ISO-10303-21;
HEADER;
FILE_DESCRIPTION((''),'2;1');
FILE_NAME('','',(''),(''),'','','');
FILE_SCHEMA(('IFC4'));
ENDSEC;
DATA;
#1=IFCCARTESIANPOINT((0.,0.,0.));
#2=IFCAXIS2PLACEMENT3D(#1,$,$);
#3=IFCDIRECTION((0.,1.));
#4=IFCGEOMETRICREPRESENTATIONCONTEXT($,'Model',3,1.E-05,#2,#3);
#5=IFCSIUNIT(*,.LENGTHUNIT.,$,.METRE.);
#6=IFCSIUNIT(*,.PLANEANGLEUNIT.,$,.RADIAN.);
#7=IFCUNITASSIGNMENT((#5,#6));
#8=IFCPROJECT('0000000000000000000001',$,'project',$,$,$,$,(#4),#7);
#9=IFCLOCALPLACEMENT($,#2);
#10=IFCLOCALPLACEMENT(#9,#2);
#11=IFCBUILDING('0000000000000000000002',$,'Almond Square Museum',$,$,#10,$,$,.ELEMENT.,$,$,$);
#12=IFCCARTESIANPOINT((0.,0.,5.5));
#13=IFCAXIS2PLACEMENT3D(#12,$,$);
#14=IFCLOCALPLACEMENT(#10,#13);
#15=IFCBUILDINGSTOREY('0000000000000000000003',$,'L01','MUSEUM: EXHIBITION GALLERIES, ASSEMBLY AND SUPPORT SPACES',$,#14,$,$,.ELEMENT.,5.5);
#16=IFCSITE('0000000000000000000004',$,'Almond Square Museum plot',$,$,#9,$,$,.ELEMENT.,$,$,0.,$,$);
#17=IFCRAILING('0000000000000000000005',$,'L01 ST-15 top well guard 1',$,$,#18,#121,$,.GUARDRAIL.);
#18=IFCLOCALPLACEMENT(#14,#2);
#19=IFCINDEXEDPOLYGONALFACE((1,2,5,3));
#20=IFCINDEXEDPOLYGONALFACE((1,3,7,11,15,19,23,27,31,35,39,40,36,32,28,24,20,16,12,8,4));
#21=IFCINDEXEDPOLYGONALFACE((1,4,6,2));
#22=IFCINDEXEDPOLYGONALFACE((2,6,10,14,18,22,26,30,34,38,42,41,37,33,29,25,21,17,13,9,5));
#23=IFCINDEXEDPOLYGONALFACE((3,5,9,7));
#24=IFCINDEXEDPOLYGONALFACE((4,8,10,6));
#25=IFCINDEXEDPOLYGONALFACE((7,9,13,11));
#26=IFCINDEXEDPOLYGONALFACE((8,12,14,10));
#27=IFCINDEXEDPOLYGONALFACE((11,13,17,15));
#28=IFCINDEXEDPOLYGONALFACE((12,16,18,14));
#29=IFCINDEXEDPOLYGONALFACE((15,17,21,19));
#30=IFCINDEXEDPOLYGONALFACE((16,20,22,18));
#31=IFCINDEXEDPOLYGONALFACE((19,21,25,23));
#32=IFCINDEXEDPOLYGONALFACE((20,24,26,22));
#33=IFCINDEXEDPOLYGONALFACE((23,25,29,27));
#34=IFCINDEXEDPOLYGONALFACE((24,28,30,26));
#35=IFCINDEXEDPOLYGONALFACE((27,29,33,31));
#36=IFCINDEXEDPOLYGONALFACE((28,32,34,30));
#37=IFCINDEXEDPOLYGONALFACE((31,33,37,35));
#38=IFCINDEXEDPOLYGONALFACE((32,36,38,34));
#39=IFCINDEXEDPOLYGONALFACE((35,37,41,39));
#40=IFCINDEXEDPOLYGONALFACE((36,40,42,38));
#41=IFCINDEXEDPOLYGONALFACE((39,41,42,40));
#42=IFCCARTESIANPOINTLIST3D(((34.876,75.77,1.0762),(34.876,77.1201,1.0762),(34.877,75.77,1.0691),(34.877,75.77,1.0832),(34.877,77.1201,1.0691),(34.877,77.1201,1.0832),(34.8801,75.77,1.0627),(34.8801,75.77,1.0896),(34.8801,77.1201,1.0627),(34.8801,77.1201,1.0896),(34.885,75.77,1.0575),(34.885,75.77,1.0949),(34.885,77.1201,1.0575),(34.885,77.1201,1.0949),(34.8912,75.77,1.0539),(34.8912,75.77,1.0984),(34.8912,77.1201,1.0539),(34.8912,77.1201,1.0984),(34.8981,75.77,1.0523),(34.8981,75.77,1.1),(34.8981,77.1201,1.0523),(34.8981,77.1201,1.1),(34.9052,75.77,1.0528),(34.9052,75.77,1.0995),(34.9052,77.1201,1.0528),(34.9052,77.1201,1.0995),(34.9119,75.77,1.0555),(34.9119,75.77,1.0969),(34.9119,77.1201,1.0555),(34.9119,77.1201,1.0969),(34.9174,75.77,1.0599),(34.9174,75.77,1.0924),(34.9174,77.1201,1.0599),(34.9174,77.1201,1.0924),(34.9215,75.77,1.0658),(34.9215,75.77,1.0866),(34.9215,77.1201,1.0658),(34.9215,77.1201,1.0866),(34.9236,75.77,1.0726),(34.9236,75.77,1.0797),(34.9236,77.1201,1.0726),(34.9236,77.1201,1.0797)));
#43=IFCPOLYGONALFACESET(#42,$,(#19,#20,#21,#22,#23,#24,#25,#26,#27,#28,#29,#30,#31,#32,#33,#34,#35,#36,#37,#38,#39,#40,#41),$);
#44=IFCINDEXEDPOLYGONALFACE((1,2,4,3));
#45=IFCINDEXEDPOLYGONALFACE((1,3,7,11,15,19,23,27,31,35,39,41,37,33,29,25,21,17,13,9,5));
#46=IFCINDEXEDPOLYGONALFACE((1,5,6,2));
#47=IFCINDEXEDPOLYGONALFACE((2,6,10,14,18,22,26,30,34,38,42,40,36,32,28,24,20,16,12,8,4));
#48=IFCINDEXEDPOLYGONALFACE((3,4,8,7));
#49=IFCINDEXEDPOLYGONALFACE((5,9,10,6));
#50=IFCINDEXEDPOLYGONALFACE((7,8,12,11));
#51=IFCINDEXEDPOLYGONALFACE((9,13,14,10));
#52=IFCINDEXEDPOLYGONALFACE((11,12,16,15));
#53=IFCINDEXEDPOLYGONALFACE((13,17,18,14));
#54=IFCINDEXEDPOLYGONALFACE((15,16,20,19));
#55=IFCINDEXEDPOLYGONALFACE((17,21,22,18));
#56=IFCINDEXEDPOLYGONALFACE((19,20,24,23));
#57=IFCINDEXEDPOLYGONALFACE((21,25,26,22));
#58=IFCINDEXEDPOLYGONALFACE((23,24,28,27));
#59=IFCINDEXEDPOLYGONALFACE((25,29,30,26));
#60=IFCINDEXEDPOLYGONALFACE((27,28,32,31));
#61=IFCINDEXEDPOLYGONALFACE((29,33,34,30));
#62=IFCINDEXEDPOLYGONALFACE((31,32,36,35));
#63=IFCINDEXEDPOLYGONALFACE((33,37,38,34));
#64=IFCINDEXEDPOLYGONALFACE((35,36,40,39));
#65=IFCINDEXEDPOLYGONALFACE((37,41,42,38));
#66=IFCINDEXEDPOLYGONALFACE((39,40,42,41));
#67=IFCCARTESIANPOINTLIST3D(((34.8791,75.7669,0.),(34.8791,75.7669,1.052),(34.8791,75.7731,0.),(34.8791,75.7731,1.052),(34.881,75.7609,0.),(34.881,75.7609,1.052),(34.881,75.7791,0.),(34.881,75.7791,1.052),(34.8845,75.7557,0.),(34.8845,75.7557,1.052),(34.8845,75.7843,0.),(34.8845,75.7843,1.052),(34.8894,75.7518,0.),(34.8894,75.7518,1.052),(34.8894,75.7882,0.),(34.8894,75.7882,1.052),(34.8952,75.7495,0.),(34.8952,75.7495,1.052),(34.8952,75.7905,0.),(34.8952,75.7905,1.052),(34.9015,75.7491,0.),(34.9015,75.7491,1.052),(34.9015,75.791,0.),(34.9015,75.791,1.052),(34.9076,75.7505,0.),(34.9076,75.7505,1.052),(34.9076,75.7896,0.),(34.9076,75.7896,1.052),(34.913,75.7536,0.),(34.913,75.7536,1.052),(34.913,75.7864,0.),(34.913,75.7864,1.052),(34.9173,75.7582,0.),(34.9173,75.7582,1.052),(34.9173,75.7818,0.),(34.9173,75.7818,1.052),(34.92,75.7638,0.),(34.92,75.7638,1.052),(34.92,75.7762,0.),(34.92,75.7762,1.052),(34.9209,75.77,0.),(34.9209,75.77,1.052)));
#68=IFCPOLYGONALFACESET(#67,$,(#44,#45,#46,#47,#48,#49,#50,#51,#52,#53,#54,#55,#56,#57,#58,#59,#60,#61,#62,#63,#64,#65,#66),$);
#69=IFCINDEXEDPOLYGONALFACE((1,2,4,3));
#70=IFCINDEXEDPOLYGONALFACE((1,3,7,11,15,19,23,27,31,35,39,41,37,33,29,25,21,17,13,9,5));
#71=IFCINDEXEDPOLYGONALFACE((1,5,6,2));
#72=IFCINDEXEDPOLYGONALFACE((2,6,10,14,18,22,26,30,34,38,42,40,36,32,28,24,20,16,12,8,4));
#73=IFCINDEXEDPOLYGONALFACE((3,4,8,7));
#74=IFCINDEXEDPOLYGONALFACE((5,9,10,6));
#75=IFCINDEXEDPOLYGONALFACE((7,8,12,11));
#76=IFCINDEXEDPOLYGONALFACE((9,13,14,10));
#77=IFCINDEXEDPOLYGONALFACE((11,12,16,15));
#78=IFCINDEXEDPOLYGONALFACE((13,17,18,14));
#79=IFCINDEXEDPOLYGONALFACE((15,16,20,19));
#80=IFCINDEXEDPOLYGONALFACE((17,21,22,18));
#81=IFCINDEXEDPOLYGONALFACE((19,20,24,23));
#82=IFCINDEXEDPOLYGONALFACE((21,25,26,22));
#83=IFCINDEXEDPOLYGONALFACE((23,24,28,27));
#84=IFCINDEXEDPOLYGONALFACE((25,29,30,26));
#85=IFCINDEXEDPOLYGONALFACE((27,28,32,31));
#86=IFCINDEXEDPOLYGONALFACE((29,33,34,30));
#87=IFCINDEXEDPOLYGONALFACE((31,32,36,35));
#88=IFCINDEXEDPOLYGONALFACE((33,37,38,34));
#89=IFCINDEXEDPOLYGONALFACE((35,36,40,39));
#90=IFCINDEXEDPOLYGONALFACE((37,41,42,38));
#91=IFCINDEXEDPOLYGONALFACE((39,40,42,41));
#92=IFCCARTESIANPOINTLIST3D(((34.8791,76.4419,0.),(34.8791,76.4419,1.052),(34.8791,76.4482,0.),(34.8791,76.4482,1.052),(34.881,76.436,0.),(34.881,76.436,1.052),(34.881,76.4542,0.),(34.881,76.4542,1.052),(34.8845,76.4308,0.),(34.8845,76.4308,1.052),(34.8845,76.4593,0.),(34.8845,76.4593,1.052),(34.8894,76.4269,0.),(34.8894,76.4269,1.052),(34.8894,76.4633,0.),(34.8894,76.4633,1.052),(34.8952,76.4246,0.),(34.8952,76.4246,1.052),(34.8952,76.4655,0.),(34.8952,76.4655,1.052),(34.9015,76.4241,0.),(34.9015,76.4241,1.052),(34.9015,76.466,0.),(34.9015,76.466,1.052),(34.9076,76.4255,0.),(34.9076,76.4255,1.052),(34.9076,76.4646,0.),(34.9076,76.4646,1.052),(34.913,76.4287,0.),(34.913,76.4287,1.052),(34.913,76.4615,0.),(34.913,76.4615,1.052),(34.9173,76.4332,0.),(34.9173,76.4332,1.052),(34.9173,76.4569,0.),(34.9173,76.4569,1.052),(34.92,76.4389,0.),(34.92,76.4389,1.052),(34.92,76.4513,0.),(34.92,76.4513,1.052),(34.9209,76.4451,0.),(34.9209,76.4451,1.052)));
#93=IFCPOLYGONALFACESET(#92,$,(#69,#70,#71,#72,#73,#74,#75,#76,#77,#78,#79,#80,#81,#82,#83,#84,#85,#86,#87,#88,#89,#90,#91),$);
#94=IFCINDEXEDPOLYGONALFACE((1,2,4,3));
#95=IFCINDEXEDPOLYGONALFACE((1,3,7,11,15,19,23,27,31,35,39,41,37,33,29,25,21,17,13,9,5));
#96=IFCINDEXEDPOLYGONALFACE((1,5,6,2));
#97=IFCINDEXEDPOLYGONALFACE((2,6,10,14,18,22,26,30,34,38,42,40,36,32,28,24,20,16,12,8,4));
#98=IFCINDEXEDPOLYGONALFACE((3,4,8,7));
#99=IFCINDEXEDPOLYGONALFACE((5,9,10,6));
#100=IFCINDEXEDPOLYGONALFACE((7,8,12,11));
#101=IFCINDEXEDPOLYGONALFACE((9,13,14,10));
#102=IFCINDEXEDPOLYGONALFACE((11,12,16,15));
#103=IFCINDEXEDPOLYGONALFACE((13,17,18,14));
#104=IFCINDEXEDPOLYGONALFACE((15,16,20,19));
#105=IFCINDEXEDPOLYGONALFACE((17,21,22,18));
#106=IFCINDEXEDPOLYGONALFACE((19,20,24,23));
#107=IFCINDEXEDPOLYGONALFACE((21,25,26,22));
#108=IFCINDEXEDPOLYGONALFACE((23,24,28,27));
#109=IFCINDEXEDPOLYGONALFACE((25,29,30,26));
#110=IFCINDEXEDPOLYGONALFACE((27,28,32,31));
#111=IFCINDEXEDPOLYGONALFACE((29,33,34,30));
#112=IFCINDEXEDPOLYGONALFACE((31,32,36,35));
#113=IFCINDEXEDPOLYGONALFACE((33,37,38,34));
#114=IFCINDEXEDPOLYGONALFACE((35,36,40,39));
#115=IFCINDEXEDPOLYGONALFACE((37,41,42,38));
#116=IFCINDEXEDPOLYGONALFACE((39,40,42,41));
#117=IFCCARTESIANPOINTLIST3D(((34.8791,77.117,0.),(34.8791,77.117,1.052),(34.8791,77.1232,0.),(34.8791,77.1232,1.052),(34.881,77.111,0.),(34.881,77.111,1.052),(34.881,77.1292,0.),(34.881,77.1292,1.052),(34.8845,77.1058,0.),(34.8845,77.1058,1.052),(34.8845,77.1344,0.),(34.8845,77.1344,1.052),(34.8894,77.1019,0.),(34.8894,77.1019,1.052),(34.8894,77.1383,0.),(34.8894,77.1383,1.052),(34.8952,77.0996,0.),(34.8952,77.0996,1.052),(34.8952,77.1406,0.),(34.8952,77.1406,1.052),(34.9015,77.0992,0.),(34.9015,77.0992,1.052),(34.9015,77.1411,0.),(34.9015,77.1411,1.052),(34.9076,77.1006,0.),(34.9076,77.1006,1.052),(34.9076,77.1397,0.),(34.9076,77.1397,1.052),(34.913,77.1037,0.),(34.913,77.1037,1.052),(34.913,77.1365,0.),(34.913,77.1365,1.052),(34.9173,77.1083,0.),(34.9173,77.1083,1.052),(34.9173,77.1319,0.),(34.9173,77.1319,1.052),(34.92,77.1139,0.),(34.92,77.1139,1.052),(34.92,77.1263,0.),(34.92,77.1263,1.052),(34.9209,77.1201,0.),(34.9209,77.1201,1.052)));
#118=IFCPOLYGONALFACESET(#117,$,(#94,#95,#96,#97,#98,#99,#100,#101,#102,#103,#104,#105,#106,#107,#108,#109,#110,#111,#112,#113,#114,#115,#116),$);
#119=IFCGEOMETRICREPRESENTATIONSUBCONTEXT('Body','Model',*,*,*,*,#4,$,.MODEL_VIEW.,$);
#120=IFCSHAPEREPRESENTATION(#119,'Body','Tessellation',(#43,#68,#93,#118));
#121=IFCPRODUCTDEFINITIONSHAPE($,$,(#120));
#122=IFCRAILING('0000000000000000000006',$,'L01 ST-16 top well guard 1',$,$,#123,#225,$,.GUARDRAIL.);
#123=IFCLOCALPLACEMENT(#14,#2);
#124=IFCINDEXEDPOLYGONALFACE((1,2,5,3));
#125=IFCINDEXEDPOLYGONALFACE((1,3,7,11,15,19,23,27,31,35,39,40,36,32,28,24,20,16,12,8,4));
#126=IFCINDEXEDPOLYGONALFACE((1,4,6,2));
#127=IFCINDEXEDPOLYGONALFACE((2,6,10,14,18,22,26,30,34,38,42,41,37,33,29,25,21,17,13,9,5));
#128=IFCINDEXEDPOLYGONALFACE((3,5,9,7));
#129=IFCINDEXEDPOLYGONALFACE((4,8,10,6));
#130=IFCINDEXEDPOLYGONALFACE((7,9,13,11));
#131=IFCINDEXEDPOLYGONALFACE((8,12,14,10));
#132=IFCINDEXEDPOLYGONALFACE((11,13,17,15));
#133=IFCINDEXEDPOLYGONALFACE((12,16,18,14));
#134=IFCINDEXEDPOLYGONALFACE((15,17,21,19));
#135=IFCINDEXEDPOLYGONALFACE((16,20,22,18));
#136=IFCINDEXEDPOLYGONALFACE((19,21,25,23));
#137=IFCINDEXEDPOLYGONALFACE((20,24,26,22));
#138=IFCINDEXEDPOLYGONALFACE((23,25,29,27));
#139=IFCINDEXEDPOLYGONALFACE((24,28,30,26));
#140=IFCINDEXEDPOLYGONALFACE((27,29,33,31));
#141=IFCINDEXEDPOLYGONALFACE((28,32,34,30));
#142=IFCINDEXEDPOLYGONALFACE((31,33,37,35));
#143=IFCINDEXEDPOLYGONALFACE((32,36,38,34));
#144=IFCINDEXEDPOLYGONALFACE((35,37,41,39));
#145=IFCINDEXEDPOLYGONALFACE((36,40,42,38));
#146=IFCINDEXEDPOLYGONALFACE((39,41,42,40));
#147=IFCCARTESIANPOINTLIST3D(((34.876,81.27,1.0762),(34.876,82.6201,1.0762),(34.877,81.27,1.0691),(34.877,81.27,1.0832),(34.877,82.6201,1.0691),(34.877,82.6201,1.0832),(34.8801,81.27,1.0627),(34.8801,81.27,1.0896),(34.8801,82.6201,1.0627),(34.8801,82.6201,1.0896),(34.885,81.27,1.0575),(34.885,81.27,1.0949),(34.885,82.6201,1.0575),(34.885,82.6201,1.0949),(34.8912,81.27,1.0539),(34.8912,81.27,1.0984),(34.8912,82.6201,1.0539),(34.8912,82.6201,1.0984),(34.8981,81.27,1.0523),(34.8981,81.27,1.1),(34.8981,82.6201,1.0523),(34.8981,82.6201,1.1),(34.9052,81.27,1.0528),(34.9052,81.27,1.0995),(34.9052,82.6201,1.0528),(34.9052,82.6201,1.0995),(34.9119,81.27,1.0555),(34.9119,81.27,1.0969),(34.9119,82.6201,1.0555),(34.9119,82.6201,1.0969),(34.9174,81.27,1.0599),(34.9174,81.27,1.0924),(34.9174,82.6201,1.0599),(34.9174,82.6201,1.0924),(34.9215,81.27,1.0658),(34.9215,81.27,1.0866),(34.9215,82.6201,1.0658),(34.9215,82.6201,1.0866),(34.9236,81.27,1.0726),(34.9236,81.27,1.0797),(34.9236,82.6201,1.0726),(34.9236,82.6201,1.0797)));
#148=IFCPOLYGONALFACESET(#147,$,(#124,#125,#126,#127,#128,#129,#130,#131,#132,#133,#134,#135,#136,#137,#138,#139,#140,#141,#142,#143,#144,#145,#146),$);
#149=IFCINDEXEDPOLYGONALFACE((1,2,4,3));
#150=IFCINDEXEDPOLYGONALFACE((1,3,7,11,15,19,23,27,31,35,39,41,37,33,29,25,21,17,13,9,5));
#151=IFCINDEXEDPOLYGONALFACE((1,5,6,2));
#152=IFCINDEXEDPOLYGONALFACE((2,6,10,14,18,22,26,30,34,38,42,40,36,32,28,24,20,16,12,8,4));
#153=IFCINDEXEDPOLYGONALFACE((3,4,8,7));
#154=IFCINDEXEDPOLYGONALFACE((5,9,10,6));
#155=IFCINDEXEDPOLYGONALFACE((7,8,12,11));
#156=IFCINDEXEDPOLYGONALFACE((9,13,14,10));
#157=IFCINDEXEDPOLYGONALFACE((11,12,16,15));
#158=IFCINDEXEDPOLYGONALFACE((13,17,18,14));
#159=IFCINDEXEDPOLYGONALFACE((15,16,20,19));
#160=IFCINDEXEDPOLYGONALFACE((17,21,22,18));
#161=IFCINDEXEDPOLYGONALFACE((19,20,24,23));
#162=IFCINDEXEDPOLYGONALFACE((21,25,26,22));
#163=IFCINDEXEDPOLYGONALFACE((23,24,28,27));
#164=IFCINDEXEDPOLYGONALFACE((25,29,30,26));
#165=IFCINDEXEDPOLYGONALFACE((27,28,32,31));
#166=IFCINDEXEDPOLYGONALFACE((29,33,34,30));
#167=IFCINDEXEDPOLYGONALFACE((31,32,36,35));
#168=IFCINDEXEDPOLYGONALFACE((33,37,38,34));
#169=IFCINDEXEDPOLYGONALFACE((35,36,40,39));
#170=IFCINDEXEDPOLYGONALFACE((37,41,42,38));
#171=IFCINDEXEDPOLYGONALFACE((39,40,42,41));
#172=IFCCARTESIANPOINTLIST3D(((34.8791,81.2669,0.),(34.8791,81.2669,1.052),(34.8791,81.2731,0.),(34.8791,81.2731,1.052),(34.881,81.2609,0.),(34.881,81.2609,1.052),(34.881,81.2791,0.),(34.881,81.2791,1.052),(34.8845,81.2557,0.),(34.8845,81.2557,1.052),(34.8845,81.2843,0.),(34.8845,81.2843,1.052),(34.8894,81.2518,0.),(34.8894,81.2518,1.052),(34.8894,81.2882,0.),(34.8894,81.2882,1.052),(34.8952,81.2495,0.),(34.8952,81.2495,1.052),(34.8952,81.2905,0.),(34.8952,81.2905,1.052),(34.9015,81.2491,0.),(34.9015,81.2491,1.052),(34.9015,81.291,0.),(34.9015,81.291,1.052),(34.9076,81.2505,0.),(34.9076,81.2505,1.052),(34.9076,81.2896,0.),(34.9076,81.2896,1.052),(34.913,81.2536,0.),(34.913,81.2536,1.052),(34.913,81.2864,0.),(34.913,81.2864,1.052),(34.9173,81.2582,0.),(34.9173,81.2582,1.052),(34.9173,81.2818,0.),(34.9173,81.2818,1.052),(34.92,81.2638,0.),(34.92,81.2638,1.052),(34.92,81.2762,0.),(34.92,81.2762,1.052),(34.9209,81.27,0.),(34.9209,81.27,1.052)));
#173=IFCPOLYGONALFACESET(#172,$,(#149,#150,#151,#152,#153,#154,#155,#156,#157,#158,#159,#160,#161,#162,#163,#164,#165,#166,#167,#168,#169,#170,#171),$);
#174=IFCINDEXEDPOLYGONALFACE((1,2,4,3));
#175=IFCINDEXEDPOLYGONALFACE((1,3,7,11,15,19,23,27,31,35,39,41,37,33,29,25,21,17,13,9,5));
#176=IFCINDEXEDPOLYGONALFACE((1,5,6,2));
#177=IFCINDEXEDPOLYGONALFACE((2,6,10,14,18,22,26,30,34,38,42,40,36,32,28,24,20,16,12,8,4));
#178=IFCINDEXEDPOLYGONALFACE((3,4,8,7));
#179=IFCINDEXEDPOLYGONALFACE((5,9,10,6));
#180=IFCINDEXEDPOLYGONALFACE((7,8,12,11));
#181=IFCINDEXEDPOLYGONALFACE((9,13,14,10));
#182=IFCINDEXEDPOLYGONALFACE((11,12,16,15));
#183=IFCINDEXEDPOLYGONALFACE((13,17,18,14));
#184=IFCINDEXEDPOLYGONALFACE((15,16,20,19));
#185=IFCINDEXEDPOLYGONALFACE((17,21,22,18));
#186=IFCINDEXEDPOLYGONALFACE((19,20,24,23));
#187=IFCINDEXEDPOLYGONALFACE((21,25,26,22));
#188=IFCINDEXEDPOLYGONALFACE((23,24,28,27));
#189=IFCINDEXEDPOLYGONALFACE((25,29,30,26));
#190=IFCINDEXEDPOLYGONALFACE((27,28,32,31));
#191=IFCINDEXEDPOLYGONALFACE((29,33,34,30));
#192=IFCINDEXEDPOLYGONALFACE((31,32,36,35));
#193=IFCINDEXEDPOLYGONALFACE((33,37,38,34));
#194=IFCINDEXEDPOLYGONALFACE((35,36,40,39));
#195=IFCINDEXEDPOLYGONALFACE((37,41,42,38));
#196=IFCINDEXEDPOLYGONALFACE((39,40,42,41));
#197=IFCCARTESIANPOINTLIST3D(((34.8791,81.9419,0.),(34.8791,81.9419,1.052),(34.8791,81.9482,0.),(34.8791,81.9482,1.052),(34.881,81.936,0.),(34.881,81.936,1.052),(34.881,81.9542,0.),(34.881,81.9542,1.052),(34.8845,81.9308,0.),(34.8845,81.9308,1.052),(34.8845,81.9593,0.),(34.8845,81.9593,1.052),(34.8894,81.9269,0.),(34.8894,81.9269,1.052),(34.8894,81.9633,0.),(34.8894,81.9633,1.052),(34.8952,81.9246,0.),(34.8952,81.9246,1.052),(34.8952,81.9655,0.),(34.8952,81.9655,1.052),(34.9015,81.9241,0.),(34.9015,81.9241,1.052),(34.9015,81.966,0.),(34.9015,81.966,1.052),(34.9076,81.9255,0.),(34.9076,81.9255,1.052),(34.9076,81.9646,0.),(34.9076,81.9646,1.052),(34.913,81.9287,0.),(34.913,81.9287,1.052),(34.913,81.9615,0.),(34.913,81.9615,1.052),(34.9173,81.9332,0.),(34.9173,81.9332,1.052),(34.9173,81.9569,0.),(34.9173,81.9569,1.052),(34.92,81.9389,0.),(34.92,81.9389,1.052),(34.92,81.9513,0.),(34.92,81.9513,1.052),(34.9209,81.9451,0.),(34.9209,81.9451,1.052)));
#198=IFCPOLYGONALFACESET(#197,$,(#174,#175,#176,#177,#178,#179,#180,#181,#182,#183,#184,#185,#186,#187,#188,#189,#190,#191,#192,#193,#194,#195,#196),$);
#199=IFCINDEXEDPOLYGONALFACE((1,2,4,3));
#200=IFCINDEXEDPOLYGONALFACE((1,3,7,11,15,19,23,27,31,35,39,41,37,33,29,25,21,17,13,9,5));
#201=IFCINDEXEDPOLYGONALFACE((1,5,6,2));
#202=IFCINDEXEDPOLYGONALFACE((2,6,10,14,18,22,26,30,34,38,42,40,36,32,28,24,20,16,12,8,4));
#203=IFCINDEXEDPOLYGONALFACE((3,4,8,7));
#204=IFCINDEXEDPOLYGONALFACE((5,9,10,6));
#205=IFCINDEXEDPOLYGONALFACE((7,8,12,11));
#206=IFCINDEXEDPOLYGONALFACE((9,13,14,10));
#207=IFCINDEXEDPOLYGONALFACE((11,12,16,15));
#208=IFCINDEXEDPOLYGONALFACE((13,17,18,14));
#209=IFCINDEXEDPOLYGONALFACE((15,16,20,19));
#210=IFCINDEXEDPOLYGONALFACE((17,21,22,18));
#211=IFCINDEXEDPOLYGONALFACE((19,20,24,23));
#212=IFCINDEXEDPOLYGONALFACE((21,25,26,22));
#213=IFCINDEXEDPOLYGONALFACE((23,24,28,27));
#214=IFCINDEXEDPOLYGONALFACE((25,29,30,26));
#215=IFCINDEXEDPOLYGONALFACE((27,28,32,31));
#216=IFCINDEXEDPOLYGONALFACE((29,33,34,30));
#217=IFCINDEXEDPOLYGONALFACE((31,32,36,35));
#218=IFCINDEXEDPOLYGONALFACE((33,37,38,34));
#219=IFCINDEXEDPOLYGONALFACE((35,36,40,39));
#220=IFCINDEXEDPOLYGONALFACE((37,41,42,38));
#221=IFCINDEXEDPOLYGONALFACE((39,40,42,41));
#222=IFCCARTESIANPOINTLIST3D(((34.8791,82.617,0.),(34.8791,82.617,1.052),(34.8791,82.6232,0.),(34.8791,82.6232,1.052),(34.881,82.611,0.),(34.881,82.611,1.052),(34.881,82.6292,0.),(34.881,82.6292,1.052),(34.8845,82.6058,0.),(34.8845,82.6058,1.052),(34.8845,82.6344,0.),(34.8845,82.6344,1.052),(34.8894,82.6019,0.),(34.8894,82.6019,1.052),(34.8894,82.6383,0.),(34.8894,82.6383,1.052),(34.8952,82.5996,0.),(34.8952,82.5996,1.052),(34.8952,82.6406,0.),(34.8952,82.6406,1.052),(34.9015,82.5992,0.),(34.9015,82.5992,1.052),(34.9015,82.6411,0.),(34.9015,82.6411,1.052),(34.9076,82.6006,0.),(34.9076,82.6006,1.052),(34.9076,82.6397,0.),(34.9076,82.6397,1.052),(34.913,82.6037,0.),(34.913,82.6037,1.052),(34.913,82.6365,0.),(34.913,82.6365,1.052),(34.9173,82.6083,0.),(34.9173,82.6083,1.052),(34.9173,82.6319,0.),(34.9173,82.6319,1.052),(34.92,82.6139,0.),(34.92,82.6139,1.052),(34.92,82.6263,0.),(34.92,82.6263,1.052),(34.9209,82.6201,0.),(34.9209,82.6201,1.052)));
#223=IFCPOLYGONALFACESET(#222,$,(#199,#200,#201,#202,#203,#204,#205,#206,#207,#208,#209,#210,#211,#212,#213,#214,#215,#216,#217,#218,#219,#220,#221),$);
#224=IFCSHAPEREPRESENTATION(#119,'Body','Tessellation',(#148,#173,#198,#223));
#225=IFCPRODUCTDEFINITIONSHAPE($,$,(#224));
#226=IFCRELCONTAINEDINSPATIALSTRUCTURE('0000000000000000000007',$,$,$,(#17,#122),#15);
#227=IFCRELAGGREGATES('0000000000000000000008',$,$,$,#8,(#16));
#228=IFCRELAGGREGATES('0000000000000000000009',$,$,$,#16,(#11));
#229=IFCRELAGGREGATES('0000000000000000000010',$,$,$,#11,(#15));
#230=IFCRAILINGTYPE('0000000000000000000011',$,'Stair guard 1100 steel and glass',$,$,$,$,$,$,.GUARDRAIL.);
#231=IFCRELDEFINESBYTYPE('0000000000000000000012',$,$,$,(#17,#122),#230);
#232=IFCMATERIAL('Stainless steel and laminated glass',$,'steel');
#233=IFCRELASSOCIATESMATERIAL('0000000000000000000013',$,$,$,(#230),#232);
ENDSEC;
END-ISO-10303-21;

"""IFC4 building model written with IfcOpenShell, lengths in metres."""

from ifc_helpers import new_model, si_unit, direction, frame, origin, origin_2d, place, context, subcontext, project, spatial, circle, extrude, material, type_object, element, save


model = new_model("IFC4")

# Units and contexts
model_context = context("Model", 3, precision=1e-05, world=origin(), true_north=direction((0.0, 1.0)))
body_context = subcontext(model_context, "Body", "Model", "MODEL_VIEW")
ifc_project = project(units=[si_unit("LENGTHUNIT", "METRE"), si_unit("PLANEANGLEUNIT", "RADIAN")], contexts=[model_context])

# Site, building, storey
site_placement = place(None, origin())
site = spatial("IfcSite", under=ifc_project, at=site_placement, Name="Almond Square Museum plot", CompositionType="ELEMENT", RefElevation=0.0)
building_placement = place(site_placement, origin())
building = spatial("IfcBuilding", under=site, at=building_placement, Name="Almond Square Museum", CompositionType="ELEMENT")
storey_placement = place(building_placement, frame((0.0, 0.0, 5.5)))
storey = spatial("IfcBuildingStorey", under=building, at=storey_placement, Name="L01", Description="MUSEUM: EXHIBITION GALLERIES, ASSEMBLY AND SUPPORT SPACES", CompositionType="ELEMENT", Elevation=5.5)

# Railings
ifc_material_1 = material(Name="Stainless steel and laminated glass", Category="steel")
railing_type_1 = type_object("IfcRailingType", Name="Stair guard 1100 steel and glass", PredefinedType="GUARDRAIL", material=ifc_material_1)
for number, where, name in (
    (1, (34.8999, 75.77, 0.0), "L01 ST-15 top well guard 1"),
    (2, (34.8999, 81.27, 0.0), "L01 ST-16 top well guard 1"),
):
    element("IfcRailing", number, at=place(storey_placement, frame(where)), inside=storey, type_object=railing_type_1, Name=name, PredefinedType="GUARDRAIL", context=body_context, shape_type="SweptSolid", body=[
        extrude(circle(Radius=0.0239, at=origin_2d()), frame((0.0, 0.0, 1.0762), z_axis=(0.0, 1.0, 0.0), x_axis=(-1.0, 0.0, 0.0)), (0.0, 0.0, 1.0), 1.3501),
        extrude(circle(Radius=0.021, at=origin_2d()), origin(), (0.0, 0.0, 1.0), 1.052),
        extrude(circle(Radius=0.021, at=origin_2d()), frame((0.0, 0.675, 0.0)), (0.0, 0.0, 1.0), 1.052),
        extrude(circle(Radius=0.021, at=origin_2d()), frame((0.0, 1.3501, 0.0)), (0.0, 0.0, 1.0), 1.052),
    ])

save(model, "model.ifc")
